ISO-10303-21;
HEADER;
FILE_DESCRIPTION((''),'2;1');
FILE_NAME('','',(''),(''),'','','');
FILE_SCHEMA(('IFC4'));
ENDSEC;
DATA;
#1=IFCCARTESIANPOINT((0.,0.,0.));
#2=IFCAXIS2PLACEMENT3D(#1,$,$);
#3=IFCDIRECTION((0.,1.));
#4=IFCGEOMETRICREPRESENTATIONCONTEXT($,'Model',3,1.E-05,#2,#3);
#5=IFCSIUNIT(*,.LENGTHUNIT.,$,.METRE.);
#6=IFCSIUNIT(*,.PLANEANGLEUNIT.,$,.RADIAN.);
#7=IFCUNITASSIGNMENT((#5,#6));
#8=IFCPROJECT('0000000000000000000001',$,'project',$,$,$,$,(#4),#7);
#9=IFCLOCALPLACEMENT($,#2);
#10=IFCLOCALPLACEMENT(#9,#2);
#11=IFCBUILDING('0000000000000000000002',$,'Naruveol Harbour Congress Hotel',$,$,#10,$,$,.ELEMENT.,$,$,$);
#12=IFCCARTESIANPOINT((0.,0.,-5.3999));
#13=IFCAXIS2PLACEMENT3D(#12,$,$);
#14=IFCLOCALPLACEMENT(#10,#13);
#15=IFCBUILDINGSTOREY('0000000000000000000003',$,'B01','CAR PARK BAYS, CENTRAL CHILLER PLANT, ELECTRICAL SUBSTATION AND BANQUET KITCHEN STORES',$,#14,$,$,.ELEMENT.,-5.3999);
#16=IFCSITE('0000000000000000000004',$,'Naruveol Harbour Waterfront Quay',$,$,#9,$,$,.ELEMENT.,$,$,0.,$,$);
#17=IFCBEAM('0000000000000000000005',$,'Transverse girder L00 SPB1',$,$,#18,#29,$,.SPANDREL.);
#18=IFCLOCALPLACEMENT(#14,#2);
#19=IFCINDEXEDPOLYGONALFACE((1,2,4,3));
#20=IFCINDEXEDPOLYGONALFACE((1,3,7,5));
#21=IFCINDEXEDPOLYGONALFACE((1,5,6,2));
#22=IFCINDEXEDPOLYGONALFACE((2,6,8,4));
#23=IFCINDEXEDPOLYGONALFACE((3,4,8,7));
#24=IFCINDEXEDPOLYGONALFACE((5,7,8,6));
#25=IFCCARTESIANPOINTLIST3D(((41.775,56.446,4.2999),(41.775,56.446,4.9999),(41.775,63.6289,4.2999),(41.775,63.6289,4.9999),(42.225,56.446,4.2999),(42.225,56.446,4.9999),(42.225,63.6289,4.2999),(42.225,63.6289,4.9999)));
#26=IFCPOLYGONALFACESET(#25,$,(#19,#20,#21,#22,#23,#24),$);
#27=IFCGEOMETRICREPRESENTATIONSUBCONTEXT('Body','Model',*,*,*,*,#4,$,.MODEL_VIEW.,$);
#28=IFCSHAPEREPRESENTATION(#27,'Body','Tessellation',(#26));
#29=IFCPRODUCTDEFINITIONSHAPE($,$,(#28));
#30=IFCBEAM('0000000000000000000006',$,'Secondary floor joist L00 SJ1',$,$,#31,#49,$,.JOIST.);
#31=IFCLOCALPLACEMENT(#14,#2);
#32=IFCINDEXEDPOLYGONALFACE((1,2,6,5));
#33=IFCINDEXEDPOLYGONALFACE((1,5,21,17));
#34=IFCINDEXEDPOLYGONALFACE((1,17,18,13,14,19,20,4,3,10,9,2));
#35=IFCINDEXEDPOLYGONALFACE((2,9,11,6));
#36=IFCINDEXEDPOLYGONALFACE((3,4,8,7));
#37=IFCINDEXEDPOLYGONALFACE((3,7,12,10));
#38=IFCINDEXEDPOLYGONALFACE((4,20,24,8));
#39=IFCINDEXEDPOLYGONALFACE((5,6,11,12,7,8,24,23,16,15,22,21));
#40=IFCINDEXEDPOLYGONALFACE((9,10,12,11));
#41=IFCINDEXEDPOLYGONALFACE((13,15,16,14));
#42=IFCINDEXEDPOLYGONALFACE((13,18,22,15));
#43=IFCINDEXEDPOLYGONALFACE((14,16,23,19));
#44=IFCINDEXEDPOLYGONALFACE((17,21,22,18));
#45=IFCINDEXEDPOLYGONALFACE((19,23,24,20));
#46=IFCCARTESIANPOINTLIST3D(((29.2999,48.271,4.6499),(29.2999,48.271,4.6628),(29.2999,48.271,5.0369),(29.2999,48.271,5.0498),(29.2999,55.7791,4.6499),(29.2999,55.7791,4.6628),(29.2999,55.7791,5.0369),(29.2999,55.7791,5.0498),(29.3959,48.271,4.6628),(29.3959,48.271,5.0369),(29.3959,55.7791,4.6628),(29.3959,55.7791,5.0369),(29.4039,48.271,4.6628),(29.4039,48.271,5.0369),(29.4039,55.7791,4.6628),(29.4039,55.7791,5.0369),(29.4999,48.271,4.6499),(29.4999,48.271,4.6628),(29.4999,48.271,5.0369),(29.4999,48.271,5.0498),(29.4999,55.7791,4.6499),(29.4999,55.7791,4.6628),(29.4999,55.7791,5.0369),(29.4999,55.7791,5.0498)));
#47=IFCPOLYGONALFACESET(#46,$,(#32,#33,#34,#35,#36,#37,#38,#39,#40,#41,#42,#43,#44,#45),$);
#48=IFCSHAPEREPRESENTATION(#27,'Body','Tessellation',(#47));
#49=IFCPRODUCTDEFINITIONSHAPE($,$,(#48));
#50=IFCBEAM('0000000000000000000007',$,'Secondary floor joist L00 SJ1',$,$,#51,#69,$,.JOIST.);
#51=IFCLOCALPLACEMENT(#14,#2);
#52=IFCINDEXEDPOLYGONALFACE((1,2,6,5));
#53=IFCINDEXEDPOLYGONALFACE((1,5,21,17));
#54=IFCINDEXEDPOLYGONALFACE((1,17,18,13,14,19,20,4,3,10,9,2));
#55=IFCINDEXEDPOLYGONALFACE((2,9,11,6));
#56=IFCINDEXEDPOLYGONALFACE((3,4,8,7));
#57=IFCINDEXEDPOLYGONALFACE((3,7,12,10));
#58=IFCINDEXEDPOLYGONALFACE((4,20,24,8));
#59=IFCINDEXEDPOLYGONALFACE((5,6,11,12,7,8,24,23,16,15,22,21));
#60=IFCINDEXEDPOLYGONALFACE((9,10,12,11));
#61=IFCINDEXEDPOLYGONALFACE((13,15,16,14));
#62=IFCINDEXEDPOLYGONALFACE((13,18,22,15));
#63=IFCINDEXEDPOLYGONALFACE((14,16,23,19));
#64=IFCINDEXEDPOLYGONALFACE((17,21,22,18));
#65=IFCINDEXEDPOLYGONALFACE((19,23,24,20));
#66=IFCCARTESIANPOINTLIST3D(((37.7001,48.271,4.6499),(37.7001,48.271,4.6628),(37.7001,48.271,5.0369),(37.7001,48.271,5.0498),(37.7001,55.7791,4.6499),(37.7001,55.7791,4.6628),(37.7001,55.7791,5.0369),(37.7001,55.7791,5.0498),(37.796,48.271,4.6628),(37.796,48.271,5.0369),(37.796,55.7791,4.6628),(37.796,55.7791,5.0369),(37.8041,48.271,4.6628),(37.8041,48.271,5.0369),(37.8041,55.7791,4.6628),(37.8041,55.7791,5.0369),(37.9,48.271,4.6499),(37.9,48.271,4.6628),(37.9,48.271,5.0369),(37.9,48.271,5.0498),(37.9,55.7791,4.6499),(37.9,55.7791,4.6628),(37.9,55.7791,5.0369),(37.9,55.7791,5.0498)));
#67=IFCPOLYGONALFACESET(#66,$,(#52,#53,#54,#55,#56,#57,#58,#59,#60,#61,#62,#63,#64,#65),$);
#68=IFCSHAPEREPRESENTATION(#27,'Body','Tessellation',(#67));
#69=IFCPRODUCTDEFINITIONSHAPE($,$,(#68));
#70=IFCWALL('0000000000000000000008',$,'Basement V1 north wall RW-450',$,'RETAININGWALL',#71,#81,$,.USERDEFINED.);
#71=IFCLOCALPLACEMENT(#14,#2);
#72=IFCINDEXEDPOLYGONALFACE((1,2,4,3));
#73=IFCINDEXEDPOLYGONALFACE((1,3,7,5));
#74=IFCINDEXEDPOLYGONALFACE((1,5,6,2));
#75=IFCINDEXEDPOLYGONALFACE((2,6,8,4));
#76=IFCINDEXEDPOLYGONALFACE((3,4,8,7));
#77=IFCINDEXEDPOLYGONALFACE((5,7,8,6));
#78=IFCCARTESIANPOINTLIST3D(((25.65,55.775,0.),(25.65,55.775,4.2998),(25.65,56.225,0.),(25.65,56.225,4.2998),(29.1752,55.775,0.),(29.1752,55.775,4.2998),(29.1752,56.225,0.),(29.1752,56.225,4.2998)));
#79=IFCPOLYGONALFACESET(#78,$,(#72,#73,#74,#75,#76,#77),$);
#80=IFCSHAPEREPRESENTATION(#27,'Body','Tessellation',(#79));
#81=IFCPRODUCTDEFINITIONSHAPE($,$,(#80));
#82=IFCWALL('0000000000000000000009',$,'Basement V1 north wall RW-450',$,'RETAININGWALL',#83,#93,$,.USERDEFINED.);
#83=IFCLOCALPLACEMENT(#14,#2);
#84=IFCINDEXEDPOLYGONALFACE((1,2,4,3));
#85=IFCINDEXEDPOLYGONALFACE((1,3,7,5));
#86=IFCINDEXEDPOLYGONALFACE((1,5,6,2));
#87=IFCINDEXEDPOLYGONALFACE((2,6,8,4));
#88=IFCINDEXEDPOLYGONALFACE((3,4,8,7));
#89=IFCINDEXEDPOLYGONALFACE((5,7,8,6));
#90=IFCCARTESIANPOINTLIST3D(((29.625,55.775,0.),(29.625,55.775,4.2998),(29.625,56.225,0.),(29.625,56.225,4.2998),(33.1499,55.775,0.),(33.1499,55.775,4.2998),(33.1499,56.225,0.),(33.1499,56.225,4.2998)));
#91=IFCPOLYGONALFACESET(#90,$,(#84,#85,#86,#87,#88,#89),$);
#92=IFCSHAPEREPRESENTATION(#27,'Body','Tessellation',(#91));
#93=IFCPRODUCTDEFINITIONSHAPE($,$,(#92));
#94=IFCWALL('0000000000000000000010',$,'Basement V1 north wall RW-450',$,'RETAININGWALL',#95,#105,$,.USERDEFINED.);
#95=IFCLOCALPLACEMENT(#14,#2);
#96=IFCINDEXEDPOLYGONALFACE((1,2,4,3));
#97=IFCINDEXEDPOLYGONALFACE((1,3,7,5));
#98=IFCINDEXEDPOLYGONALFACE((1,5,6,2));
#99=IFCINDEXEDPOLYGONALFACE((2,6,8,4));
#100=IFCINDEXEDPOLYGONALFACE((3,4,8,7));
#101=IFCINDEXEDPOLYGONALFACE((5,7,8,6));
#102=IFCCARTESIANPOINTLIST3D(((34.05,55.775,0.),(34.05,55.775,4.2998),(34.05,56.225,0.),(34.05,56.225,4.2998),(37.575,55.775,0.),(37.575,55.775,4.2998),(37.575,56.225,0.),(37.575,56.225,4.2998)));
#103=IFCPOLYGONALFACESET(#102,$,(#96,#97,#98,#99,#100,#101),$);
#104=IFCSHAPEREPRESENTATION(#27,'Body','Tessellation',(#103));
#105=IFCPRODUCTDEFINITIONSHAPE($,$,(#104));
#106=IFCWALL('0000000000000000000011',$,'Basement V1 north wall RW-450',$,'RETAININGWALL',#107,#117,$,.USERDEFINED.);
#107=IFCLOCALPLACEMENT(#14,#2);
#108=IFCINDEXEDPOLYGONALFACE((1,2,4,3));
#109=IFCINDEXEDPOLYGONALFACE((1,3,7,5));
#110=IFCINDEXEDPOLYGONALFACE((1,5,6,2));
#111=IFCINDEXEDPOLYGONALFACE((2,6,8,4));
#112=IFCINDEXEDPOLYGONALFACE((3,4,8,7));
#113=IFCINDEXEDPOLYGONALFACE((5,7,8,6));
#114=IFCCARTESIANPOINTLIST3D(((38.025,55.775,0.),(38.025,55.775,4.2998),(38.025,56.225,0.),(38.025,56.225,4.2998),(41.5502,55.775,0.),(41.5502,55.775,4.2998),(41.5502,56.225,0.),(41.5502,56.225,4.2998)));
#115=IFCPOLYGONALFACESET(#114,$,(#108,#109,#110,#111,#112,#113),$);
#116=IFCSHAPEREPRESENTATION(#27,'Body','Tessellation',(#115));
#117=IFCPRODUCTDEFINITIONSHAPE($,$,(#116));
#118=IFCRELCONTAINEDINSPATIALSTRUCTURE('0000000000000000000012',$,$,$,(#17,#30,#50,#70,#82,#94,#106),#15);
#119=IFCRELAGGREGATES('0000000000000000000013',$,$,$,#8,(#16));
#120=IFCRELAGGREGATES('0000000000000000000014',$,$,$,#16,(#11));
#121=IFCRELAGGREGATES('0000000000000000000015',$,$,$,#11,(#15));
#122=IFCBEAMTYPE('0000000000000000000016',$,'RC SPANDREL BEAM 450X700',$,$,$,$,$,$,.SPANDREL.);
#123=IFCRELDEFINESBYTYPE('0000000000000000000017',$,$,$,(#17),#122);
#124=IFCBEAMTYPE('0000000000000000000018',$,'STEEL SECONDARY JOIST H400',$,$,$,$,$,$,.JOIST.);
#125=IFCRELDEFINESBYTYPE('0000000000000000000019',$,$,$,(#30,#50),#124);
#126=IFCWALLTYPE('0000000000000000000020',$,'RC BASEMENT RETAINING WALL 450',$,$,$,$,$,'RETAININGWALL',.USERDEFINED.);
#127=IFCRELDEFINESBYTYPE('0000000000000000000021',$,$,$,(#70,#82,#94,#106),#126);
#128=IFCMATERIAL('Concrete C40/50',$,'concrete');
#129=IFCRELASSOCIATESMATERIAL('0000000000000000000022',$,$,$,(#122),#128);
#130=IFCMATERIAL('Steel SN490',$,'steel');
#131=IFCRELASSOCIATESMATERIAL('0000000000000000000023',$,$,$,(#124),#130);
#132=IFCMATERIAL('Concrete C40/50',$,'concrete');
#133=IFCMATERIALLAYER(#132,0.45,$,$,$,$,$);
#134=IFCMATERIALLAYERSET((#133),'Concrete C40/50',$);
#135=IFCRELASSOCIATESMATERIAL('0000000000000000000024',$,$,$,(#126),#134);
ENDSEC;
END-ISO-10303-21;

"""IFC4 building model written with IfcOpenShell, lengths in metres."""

from ifc_helpers import new_model, si_unit, direction, frame, frame_2d, origin, origin_2d, place, context, subcontext, project, spatial, rectangle, i_section, extrude, material, layer, layer_set, material_profile, profile_set, type_object, element, save


model = new_model("IFC4")

# Units and contexts
model_context = context("Model", 3, precision=1e-05, world=origin(), true_north=direction((0.0, 1.0)))
body_context = subcontext(model_context, "Body", "Model", "MODEL_VIEW")
ifc_project = project(units=[si_unit("LENGTHUNIT", "METRE"), si_unit("PLANEANGLEUNIT", "RADIAN")], contexts=[model_context])

# Site, building, storey
site_placement = place(None, origin())
site = spatial("IfcSite", under=ifc_project, at=site_placement, Name="Naruveol Harbour Waterfront Quay", CompositionType="ELEMENT", RefElevation=0.0)
building_placement = place(site_placement, origin())
building = spatial("IfcBuilding", under=site, at=building_placement, Name="Naruveol Harbour Congress Hotel", CompositionType="ELEMENT")
storey_placement = place(building_placement, frame((0.0, 0.0, -5.3999)))
storey = spatial("IfcBuildingStorey", under=building, at=storey_placement, Name="B01", Description="CAR PARK BAYS, CENTRAL CHILLER PLANT, ELECTRICAL SUBSTATION AND BANQUET KITCHEN STORES", CompositionType="ELEMENT", Elevation=-5.3999)

# Beams
ifc_material_1 = material(Name="Concrete C40/50", Category="concrete")
ifc_material_profile_1 = material_profile(ifc_material_1, rectangle(XDim=0.45, YDim=0.7, at=origin_2d()), Name="RCB-450x700")
ifc_profile_set_1 = profile_set([ifc_material_profile_1], Name="Concrete C40/50")
beam_type_1 = type_object("IfcBeamType", Name="RC SPANDREL BEAM 450X700", PredefinedType="SPANDREL", material=ifc_profile_set_1)
beam_1_placement = place(storey_placement, frame((42.0, 56.446, 4.6499), z_axis=(0.0, 1.0, 0.0), x_axis=(-1.0, 0.0, 0.0)))
element("IfcBeam", 1, at=beam_1_placement, inside=storey, type_object=beam_type_1, Name="Transverse girder L00 SPB1", PredefinedType="SPANDREL", context=body_context, shape_type="SweptSolid", body=[
    extrude(rectangle(XDim=0.45, YDim=0.7, at=origin_2d()), origin(), (0.0, 0.0, 1.0), 7.1829),
])
ifc_material_2 = material(Name="Steel SN490", Category="steel")
ifc_material_profile_2 = material_profile(ifc_material_2, i_section(OverallWidth=0.2, OverallDepth=0.3999, WebThickness=0.0081, FlangeThickness=0.0129, at=origin_2d()), Name="H-400x200x8x13")
ifc_profile_set_2 = profile_set([ifc_material_profile_2], Name="Steel SN490")
beam_type_2 = type_object("IfcBeamType", Name="STEEL SECONDARY JOIST H400", PredefinedType="JOIST", material=ifc_profile_set_2)
for number, where, z_axis, x_axis, name in (
    (2, (29.3999, 48.271, 4.8499), (0.0, 1.0, 0.0), (-1.0, 0.0, 0.0), "Secondary floor joist L00 SJ1"),
    (3, (37.8, 48.271, 4.8499), (0.0, 1.0, 0.0), (-1.0, 0.0, 0.0), "Secondary floor joist L00 SJ1"),
):
    element("IfcBeam", number, at=place(storey_placement, frame(where, z_axis=z_axis, x_axis=x_axis)), inside=storey, type_object=beam_type_2, Name=name, PredefinedType="JOIST", context=body_context, shape_type="SweptSolid", body=[
        extrude(i_section(OverallWidth=0.2, OverallDepth=0.3999, WebThickness=0.0081, FlangeThickness=0.0129, at=origin_2d()), origin(), (0.0, 0.0, 1.0), 7.5081),
    ])

# Walls
ifc_material_3 = material(Name="Concrete C40/50", Category="concrete")
ifc_layer = layer(ifc_material_3, 0.45)
ifc_layer_set = layer_set([ifc_layer], Name="Concrete C40/50")
wall_type = type_object("IfcWallType", Name="RC BASEMENT RETAINING WALL 450", ElementType="RETAININGWALL", PredefinedType="USERDEFINED", material=ifc_layer_set)
wall_1_placement = place(storey_placement, frame((25.6499, 56.0, 0.0), z_axis=(0.0, 0.0, 1.0), x_axis=(1.0, 0.0, 0.0)))
element("IfcWall", 4, at=wall_1_placement, inside=storey, type_object=wall_type, Name="Basement V1 north wall RW-450", ObjectType="RETAININGWALL", PredefinedType="USERDEFINED", context=body_context, shape_type="SweptSolid", body=[
    extrude(rectangle(XDim=3.5251, YDim=0.45, at=frame_2d((1.7627, 0.0))), origin(), (0.0, 0.0, 1.0), 4.2998),
])
for number, where, z_axis, x_axis, name in (
    (5, (29.625, 56.0, 0.0), (0.0, 0.0, 1.0), (1.0, 0.0, 0.0), "Basement V1 north wall RW-450"),
    (6, (34.05, 56.0, 0.0), (0.0, 0.0, 1.0), (1.0, 0.0, 0.0), "Basement V1 north wall RW-450"),
):
    element("IfcWall", number, at=place(storey_placement, frame(where, z_axis=z_axis, x_axis=x_axis)), inside=storey, type_object=wall_type, Name=name, ObjectType="RETAININGWALL", PredefinedType="USERDEFINED", context=body_context, shape_type="SweptSolid", body=[
        extrude(rectangle(XDim=3.5249, YDim=0.45, at=frame_2d((1.7625, 0.0))), origin(), (0.0, 0.0, 1.0), 4.2998),
    ])
wall_2_placement = place(storey_placement, frame((38.0249, 56.0, 0.0), z_axis=(0.0, 0.0, 1.0), x_axis=(1.0, 0.0, 0.0)))
element("IfcWall", 7, at=wall_2_placement, inside=storey, type_object=wall_type, Name="Basement V1 north wall RW-450", ObjectType="RETAININGWALL", PredefinedType="USERDEFINED", context=body_context, shape_type="SweptSolid", body=[
    extrude(rectangle(XDim=3.5251, YDim=0.45, at=frame_2d((1.7627, 0.0))), origin(), (0.0, 0.0, 1.0), 4.2998),
])

save(model, "model.ifc")
